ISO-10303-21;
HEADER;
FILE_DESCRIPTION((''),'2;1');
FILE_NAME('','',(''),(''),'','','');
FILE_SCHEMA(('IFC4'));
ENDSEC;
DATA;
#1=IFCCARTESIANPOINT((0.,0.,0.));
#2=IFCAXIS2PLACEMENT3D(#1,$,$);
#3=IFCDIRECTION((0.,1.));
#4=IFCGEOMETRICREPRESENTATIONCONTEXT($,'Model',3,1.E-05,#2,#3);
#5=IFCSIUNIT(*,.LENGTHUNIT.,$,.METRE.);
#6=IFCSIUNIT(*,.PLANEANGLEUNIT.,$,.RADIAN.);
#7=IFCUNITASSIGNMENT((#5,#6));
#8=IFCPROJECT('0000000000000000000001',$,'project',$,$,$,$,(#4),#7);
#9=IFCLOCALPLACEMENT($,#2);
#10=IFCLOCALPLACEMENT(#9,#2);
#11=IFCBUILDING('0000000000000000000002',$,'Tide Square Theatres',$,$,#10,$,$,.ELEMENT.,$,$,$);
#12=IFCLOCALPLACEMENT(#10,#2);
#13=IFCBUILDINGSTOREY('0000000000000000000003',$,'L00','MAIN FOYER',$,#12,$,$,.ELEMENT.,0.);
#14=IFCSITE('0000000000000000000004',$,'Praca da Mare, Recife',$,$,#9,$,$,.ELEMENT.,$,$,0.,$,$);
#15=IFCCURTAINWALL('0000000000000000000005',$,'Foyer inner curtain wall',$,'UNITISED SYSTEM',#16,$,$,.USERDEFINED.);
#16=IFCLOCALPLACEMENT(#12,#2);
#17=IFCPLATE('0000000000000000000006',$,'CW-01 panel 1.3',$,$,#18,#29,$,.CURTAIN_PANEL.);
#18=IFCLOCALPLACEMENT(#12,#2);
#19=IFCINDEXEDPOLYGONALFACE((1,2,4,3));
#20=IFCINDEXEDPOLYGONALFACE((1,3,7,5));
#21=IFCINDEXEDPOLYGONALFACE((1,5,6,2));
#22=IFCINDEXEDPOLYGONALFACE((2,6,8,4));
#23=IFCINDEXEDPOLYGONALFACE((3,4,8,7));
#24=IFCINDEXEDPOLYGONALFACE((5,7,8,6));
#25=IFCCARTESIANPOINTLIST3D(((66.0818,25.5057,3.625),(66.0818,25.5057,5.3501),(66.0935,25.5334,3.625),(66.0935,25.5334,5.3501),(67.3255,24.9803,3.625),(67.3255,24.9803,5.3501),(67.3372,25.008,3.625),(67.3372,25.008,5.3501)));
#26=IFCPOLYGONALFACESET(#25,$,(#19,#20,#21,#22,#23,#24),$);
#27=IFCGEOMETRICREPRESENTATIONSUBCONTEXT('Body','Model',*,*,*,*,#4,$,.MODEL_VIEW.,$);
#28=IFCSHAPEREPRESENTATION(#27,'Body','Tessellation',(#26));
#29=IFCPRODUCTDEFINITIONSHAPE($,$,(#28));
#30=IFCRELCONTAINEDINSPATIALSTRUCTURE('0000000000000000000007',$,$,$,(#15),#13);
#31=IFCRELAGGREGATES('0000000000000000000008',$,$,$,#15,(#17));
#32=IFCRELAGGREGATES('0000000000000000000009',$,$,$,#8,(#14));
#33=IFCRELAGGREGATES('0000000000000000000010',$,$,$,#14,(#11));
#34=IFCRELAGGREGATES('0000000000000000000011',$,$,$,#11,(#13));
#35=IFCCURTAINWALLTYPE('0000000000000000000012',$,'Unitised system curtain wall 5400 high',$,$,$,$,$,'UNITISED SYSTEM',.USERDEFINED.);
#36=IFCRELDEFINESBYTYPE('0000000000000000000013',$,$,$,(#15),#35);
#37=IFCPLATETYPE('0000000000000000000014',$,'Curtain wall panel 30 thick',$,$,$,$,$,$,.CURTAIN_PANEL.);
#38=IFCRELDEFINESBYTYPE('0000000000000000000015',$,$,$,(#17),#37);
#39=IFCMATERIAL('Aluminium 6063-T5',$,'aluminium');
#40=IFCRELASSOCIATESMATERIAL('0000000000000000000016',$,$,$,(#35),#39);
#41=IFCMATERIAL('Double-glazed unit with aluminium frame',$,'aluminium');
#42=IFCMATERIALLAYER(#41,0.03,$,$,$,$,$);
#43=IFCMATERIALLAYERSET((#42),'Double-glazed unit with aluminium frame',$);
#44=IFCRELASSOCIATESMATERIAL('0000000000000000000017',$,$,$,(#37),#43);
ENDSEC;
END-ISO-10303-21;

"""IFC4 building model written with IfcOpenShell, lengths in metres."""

from ifc_helpers import new_model, si_unit, direction, frame, origin, origin_2d, place, context, subcontext, project, spatial, rectangle, extrude, material, layer, layer_set, type_object, element, aggregate, save


model = new_model("IFC4")

# Units and contexts
model_context = context("Model", 3, precision=1e-05, world=origin(), true_north=direction((0.0, 1.0)))
body_context = subcontext(model_context, "Body", "Model", "MODEL_VIEW")
ifc_project = project(units=[si_unit("LENGTHUNIT", "METRE"), si_unit("PLANEANGLEUNIT", "RADIAN")], contexts=[model_context])

# Site, building, storey
site_placement = place(None, origin())
site = spatial("IfcSite", under=ifc_project, at=site_placement, Name="Praca da Mare, Recife", CompositionType="ELEMENT", RefElevation=0.0)
building_placement = place(site_placement, origin())
building = spatial("IfcBuilding", under=site, at=building_placement, Name="Tide Square Theatres", CompositionType="ELEMENT")
storey_placement = place(building_placement, origin())
storey = spatial("IfcBuildingStorey", under=building, at=storey_placement, Name="L00", Description="MAIN FOYER", CompositionType="ELEMENT", Elevation=0.0)

# Curtain wall
ifc_material_1 = material(Name="Aluminium 6063-T5", Category="aluminium")
curtain_wall_type = type_object("IfcCurtainWallType", Name="Unitised system curtain wall 5400 high", ElementType="UNITISED SYSTEM", PredefinedType="USERDEFINED", material=ifc_material_1)
curtain_wall_1_placement = place(storey_placement, origin())
curtain_wall_1 = element("IfcCurtainWall", 1, at=curtain_wall_1_placement, inside=storey, type_object=curtain_wall_type, Name="Foyer inner curtain wall", ObjectType="UNITISED SYSTEM", PredefinedType="USERDEFINED")

# Plate
ifc_material_2 = material(Name="Double-glazed unit with aluminium frame", Category="aluminium")
ifc_layer = layer(ifc_material_2, 0.03)
ifc_layer_set = layer_set([ifc_layer], Name="Double-glazed unit with aluminium frame")
plate_type = type_object("IfcPlateType", Name="Curtain wall panel 30 thick", PredefinedType="CURTAIN_PANEL", material=ifc_layer_set)
plate_1_placement = place(storey_placement, frame((66.7095, 25.2568, 3.625), z_axis=(0.0, 0.0, 1.0), x_axis=(-0.92118, 0.389137, 0.0)))
plate_1 = element("IfcPlate", 2, at=plate_1_placement, type_object=plate_type, Name="CW-01 panel 1.3", PredefinedType="CURTAIN_PANEL", context=body_context, shape_type="SweptSolid", body=[
    extrude(rectangle(XDim=1.3501, YDim=0.03, at=origin_2d()), origin(), (0.0, 0.0, 1.0), 1.7251),
])
aggregate(curtain_wall_1, [plate_1])

save(model, "model.ifc")
